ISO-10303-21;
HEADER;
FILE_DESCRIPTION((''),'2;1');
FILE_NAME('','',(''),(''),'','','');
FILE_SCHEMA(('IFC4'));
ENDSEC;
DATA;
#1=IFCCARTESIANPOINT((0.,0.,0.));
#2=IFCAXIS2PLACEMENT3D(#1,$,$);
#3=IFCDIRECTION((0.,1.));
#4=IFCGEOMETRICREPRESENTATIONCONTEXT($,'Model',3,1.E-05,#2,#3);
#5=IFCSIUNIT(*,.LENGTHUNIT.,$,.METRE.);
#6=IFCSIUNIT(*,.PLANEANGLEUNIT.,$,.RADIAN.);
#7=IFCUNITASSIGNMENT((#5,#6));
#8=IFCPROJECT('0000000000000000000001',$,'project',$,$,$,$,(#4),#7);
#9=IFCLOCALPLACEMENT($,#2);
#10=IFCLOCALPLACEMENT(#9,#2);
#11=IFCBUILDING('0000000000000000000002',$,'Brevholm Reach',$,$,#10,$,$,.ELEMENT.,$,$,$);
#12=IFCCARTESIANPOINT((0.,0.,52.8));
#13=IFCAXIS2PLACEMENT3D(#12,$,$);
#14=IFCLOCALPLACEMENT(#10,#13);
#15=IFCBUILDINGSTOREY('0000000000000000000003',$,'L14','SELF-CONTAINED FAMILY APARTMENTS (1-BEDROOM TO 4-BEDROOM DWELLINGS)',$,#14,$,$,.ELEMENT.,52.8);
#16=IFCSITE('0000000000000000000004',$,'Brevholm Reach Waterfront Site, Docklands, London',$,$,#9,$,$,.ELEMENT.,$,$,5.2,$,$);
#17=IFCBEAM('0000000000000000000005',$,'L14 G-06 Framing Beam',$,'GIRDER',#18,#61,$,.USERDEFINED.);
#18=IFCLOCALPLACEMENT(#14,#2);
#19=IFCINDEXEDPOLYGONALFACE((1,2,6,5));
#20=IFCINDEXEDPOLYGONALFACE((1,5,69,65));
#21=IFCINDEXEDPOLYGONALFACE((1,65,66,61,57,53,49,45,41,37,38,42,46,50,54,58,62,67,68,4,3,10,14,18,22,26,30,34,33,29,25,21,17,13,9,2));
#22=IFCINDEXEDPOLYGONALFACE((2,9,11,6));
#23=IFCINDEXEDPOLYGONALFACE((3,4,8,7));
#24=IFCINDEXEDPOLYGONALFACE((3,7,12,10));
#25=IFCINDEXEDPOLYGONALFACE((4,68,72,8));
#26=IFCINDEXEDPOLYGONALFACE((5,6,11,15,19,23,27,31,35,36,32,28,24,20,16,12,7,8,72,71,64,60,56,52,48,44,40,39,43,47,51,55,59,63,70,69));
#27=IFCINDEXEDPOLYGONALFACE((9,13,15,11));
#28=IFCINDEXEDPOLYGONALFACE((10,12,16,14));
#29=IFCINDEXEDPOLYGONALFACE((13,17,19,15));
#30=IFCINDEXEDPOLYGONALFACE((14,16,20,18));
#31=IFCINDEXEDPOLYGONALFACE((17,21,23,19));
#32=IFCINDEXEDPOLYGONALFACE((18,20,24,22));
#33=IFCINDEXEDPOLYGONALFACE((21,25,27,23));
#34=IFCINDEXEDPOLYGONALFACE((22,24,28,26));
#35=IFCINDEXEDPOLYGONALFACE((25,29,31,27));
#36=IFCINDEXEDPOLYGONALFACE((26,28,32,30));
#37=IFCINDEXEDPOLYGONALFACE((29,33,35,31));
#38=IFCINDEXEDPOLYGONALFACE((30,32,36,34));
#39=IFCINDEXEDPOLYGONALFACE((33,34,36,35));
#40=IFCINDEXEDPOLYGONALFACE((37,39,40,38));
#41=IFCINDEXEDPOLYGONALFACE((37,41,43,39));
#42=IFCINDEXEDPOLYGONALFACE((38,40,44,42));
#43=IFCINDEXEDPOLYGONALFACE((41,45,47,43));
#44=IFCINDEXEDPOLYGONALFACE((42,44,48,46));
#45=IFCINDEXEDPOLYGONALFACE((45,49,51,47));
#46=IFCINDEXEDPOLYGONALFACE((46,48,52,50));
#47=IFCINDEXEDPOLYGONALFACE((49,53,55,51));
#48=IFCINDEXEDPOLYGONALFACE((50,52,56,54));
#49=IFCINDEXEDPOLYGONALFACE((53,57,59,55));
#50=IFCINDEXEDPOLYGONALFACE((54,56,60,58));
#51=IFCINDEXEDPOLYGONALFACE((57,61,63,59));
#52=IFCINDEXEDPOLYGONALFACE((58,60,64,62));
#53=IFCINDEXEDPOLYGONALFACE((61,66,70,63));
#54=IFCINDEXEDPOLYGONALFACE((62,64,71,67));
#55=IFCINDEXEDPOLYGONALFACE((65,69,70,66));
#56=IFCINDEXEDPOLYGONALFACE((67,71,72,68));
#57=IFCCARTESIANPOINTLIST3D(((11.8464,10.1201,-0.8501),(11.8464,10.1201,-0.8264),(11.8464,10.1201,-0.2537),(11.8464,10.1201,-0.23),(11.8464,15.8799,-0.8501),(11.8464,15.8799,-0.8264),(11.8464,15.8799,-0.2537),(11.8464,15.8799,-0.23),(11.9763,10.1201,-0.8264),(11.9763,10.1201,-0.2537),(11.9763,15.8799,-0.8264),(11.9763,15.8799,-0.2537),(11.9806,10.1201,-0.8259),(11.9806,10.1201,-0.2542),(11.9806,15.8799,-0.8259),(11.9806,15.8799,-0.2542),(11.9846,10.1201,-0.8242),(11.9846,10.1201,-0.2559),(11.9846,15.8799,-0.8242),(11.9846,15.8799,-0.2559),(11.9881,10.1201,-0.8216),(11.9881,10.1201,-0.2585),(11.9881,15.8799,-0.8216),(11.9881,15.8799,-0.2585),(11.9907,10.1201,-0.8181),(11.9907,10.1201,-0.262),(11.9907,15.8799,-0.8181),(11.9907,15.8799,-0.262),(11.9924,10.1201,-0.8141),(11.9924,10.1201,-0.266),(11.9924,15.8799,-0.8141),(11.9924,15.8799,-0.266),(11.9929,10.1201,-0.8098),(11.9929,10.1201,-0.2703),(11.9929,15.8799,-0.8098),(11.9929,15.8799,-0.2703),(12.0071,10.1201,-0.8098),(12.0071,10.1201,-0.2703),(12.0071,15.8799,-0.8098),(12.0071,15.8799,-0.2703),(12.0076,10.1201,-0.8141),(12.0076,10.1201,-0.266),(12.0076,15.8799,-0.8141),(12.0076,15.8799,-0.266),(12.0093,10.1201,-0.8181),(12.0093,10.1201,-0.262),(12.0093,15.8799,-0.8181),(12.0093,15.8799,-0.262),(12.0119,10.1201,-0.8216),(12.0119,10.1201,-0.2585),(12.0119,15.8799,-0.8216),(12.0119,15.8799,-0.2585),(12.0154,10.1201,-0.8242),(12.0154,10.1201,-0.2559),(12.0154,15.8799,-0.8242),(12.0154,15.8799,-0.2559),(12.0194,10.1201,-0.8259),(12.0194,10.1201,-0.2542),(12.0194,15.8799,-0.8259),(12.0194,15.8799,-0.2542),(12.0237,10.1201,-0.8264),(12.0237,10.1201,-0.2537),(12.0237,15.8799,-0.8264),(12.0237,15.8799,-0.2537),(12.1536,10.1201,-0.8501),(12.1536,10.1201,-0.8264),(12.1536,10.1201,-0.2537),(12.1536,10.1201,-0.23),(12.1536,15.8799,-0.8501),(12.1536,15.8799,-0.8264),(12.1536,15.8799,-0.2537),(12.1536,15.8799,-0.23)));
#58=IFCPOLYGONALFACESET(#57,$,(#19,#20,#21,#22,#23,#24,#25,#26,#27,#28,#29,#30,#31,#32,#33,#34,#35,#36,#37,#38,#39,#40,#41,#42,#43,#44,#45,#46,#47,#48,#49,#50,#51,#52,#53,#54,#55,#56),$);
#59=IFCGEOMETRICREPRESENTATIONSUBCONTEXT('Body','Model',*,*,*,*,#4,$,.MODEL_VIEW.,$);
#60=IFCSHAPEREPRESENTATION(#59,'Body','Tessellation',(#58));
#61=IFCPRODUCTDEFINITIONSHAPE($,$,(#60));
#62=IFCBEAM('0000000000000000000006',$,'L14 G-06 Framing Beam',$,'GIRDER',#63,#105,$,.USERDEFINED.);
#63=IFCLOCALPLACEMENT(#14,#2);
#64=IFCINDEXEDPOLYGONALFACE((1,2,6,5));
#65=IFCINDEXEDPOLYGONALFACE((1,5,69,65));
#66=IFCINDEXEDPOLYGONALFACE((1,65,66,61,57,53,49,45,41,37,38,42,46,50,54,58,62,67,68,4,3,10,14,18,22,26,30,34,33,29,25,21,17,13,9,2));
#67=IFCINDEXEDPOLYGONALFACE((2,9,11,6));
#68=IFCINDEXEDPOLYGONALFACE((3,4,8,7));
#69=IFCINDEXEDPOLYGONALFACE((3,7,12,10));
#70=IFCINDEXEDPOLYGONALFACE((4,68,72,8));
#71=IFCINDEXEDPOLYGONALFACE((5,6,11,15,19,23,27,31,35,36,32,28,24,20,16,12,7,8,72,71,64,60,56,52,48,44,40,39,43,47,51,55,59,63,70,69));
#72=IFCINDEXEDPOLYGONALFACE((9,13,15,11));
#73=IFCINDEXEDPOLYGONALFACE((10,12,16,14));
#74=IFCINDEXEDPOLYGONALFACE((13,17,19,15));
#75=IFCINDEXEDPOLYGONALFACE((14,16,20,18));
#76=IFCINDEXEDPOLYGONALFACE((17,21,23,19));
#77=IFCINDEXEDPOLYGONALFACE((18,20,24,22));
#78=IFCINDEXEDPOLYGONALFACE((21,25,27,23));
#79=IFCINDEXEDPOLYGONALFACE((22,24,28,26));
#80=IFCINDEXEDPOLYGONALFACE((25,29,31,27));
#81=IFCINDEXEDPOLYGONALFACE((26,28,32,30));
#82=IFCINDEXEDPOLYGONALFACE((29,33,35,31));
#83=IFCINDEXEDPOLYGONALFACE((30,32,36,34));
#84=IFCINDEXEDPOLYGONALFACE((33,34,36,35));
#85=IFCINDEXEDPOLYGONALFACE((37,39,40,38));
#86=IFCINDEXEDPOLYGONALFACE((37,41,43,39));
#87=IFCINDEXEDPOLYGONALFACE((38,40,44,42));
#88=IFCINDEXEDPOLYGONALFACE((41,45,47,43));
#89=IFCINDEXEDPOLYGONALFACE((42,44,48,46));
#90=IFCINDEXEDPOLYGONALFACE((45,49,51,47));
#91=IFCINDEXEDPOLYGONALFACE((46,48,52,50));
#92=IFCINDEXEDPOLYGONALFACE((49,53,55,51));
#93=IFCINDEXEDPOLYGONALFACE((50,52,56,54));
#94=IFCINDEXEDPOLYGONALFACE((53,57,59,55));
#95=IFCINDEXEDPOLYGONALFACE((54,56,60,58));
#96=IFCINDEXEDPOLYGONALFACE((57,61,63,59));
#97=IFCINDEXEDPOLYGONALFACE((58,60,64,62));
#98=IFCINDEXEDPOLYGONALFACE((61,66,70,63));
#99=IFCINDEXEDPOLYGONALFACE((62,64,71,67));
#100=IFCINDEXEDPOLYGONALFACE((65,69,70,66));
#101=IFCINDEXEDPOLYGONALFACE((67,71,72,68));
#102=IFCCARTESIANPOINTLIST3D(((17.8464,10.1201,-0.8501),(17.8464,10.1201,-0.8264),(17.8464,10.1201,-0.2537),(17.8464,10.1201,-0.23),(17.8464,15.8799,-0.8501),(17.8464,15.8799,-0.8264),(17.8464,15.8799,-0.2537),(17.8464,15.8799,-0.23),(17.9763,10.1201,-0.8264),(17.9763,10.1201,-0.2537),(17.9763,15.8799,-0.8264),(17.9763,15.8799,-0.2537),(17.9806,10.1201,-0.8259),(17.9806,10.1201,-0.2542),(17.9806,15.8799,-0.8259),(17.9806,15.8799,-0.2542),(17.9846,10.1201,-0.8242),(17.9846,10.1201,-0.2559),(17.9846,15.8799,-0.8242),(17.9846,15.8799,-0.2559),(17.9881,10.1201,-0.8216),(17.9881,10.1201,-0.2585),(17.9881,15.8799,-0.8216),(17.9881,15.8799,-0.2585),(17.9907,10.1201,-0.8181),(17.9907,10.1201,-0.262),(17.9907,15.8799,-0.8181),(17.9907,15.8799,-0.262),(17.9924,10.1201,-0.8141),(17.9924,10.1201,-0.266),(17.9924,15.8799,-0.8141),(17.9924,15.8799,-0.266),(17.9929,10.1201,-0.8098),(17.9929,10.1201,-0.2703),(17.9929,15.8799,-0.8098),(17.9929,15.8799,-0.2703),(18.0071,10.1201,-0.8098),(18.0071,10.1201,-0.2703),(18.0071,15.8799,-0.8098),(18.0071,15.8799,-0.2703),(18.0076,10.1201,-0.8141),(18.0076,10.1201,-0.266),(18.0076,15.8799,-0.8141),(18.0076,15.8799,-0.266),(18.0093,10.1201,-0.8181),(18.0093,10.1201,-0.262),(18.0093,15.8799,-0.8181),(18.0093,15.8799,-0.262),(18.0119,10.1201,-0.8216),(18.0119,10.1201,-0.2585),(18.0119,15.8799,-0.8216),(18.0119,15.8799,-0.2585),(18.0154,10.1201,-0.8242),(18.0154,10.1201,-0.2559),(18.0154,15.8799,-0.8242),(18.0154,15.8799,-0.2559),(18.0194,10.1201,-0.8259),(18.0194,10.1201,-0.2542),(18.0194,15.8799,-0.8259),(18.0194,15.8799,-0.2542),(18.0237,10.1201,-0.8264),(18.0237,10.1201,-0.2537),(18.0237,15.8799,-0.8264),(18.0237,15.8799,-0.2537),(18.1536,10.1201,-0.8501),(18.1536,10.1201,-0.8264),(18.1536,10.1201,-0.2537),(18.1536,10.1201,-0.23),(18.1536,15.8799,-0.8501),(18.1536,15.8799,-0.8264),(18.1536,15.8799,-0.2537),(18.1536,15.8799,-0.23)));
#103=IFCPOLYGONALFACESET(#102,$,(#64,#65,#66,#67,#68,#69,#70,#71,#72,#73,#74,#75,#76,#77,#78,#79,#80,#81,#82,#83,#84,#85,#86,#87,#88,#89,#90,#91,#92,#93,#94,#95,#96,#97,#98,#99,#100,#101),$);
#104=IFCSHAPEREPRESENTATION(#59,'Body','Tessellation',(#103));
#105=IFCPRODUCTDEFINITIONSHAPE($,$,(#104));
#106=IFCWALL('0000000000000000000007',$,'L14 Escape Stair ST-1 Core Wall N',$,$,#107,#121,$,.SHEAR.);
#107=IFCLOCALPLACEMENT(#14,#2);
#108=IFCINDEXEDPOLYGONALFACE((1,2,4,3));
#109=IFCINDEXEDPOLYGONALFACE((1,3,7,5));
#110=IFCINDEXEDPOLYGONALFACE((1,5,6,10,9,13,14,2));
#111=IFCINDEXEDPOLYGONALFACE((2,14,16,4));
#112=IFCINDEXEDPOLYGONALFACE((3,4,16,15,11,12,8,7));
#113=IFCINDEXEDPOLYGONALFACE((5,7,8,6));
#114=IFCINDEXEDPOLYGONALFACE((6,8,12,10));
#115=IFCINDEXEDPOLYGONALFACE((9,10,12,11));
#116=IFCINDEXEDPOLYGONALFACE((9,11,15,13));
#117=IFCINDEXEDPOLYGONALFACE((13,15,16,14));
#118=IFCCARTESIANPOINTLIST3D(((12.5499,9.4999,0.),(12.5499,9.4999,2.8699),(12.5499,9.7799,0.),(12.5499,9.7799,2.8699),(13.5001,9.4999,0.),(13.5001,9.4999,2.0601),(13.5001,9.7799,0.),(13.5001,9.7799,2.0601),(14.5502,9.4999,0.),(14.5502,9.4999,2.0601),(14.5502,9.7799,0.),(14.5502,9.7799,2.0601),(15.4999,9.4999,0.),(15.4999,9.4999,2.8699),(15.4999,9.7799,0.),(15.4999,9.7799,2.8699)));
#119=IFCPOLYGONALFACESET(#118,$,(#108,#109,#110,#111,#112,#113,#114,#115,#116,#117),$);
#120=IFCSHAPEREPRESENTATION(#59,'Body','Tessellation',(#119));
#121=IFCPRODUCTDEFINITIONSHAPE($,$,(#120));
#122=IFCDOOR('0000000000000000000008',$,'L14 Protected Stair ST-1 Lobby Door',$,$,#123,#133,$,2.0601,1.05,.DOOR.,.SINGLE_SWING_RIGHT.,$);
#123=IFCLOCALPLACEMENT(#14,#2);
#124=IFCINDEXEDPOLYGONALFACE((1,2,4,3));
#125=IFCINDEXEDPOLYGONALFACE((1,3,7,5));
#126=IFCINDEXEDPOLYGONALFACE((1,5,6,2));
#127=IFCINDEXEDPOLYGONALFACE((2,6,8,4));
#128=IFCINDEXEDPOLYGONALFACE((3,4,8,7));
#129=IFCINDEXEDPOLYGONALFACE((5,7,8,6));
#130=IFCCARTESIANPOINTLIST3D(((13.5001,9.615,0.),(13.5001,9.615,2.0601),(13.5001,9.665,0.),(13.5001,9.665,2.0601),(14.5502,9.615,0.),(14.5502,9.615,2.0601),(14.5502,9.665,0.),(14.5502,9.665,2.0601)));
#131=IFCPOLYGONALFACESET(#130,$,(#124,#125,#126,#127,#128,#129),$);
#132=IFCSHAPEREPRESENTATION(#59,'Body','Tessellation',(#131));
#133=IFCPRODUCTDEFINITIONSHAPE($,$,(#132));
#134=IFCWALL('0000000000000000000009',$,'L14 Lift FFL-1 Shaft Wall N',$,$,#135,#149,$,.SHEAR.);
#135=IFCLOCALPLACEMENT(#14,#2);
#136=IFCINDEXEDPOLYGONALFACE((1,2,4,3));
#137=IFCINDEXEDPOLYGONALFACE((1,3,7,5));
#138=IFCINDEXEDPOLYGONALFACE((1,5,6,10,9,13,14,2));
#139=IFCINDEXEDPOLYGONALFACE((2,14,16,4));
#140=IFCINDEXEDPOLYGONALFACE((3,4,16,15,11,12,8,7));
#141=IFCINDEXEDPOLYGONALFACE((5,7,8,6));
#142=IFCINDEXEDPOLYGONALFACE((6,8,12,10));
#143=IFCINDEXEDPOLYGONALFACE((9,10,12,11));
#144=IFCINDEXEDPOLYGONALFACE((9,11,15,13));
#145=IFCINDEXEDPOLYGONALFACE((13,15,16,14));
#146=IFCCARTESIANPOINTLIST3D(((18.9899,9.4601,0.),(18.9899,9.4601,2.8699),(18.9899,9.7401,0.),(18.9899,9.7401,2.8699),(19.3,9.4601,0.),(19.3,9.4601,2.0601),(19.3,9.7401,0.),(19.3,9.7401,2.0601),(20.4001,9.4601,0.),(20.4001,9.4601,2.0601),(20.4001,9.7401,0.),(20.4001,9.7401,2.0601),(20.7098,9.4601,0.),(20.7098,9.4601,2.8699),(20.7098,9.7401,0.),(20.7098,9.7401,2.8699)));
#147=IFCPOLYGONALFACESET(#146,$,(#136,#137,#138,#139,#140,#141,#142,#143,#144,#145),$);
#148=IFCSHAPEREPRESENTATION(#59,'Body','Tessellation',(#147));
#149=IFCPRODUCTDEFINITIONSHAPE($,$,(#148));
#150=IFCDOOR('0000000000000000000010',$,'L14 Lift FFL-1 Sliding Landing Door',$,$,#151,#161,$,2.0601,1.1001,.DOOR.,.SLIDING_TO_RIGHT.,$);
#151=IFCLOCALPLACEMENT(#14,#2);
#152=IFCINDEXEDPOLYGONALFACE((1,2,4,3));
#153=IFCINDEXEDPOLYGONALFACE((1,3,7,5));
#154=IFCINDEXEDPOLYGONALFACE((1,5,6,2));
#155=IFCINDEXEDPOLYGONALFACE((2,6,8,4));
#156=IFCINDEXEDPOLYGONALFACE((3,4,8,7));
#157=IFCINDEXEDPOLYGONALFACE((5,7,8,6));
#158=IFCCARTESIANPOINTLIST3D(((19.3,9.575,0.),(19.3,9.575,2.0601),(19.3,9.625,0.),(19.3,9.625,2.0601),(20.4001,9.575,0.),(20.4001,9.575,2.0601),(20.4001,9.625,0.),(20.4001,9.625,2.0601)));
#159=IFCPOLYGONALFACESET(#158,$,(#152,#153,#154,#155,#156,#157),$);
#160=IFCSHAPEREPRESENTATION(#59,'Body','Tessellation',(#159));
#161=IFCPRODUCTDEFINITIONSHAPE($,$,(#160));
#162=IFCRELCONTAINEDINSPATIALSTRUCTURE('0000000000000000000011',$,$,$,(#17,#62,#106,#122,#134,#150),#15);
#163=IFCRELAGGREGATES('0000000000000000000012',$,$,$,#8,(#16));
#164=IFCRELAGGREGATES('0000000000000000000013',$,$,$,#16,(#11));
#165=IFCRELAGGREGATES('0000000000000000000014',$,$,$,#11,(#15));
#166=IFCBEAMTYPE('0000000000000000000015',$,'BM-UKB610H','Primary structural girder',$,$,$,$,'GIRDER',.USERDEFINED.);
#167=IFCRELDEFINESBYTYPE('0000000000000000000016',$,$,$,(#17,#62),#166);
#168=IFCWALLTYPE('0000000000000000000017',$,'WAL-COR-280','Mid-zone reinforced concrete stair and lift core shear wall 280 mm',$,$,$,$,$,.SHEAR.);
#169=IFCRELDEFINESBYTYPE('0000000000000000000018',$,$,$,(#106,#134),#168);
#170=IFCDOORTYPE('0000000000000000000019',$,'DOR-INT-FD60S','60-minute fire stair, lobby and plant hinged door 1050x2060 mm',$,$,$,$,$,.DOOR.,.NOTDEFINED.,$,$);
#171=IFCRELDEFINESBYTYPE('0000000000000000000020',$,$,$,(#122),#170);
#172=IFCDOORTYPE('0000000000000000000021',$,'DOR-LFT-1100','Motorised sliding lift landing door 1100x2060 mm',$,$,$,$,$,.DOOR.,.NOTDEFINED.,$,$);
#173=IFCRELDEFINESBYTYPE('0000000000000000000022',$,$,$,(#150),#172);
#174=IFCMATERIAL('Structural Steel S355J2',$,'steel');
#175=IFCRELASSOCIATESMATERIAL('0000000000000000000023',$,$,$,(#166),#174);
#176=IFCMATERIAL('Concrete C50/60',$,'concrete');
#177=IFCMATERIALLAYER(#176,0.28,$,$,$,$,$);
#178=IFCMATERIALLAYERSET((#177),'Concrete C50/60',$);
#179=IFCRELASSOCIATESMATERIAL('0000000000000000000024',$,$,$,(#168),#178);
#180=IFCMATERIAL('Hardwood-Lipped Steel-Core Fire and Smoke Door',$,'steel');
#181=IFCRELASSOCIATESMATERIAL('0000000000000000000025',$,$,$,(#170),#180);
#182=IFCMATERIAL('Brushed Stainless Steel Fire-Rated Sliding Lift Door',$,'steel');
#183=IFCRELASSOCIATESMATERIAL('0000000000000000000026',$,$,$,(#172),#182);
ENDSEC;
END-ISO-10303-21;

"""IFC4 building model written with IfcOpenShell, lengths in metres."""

from ifc_helpers import new_model, si_unit, direction, frame, frame_2d, origin, origin_2d, place, context, subcontext, project, spatial, rectangle, i_section, extrude, material, layer, layer_set, material_profile, profile_set, type_object, element, fill, save


model = new_model("IFC4")

# Units and contexts
model_context = context("Model", 3, precision=1e-05, world=origin(), true_north=direction((0.0, 1.0)))
body_context = subcontext(model_context, "Body", "Model", "MODEL_VIEW")
ifc_project = project(units=[si_unit("LENGTHUNIT", "METRE"), si_unit("PLANEANGLEUNIT", "RADIAN")], contexts=[model_context])

# Site, building, storey
site_placement = place(None, origin())
site = spatial("IfcSite", under=ifc_project, at=site_placement, Name="Brevholm Reach Waterfront Site, Docklands, London", CompositionType="ELEMENT", RefElevation=5.2)
building_placement = place(site_placement, origin())
building = spatial("IfcBuilding", under=site, at=building_placement, Name="Brevholm Reach", CompositionType="ELEMENT")
storey_placement = place(building_placement, frame((0.0, 0.0, 52.8)))
storey = spatial("IfcBuildingStorey", under=building, at=storey_placement, Name="L14", Description="SELF-CONTAINED FAMILY APARTMENTS (1-BEDROOM TO 4-BEDROOM DWELLINGS)", CompositionType="ELEMENT", Elevation=52.8)

# Beams
ifc_material_1 = material(Name="Structural Steel S355J2", Category="steel")
ifc_material_profile_1 = material_profile(ifc_material_1, i_section(OverallWidth=0.3071, OverallDepth=0.6201, WebThickness=0.0142, FlangeThickness=0.0237, FilletRadius=0.0166, at=origin_2d()), Name="UKB 610x305x179")
ifc_profile_set_1 = profile_set([ifc_material_profile_1], Name="Structural Steel S355J2")
beam_type = type_object("IfcBeamType", Name="BM-UKB610H", Description="Primary structural girder", ElementType="GIRDER", PredefinedType="USERDEFINED", material=ifc_profile_set_1)
for number, where, z_axis, x_axis, name in (
    (1, (12.0, 10.1201, -0.54), (0.0, 1.0, 0.0), (-1.0, 0.0, 0.0), "L14 G-06 Framing Beam"),
    (2, (18.0, 10.1201, -0.54), (0.0, 1.0, 0.0), (-1.0, 0.0, 0.0), "L14 G-06 Framing Beam"),
):
    element("IfcBeam", number, at=place(storey_placement, frame(where, z_axis=z_axis, x_axis=x_axis)), inside=storey, type_object=beam_type, Name=name, ObjectType="GIRDER", PredefinedType="USERDEFINED", context=body_context, shape_type="SweptSolid", body=[
        extrude(i_section(OverallWidth=0.3071, OverallDepth=0.6201, WebThickness=0.0142, FlangeThickness=0.0237, FilletRadius=0.0166, at=origin_2d()), origin(), (0.0, 0.0, 1.0), 5.7598),
    ])

# Walls, openings, doors
ifc_material_2 = material(Name="Concrete C50/60", Category="concrete")
ifc_layer_1 = layer(ifc_material_2, 0.28)
ifc_layer_set_1 = layer_set([ifc_layer_1], Name="Concrete C50/60")
wall_type_1 = type_object("IfcWallType", Name="WAL-COR-280", Description="Mid-zone reinforced concrete stair and lift core shear wall 280 mm", PredefinedType="SHEAR", material=ifc_layer_set_1)
wall_1_placement = place(storey_placement, frame((15.5, 9.6399, 0.0), z_axis=(0.0, 0.0, 1.0), x_axis=(-1.0, 0.0, 0.0)))
wall_1 = element("IfcWall", 3, at=wall_1_placement, inside=storey, type_object=wall_type_1, Name="L14 Escape Stair ST-1 Core Wall N", PredefinedType="SHEAR", context=body_context, shape_type="SweptSolid", body=[
    extrude(rectangle(XDim=2.95, YDim=0.28, at=frame_2d((1.4751, 0.0))), origin(), (0.0, 0.0, 1.0), 2.8699),
])
opening_1_placement = place(wall_1_placement, frame((0.95, 0.0, 0.0)))
opening_1 = element("IfcOpeningElement", 4, at=opening_1_placement, cuts=wall_1, PredefinedType="OPENING", context=body_context, shape_type="SweptSolid", body=[
    extrude(rectangle(XDim=1.05, YDim=2.0601, at=frame_2d((0.5249, 1.03))), frame((0.0, 0.1499, 0.0), z_axis=(0.0, -1.0, 0.0), x_axis=(1.0, 0.0, 0.0)), (0.0, 0.0, 1.0), 0.3),
])
ifc_material_3 = material(Name="Hardwood-Lipped Steel-Core Fire and Smoke Door", Category="steel")
door_type_1 = type_object("IfcDoorType", Name="DOR-INT-FD60S", Description="60-minute fire stair, lobby and plant hinged door 1050x2060 mm", OperationType="NOTDEFINED", PredefinedType="DOOR", material=ifc_material_3)
door_1_placement = place(opening_1_placement, origin())
door_1 = element("IfcDoor", 5, at=door_1_placement, inside=storey, type_object=door_type_1, Name="L14 Protected Stair ST-1 Lobby Door", OperationType="SINGLE_SWING_RIGHT", OverallHeight=2.0601, OverallWidth=1.05, PredefinedType="DOOR", context=body_context, shape_type="SweptSolid", body=[
    extrude(rectangle(XDim=1.05, YDim=2.0601, at=frame_2d((0.5249, 1.03))), frame((0.0, 0.0249, 0.0), z_axis=(0.0, -1.0, 0.0), x_axis=(1.0, 0.0, 0.0)), (0.0, 0.0, 1.0), 0.05),
])
fill(opening_1, door_1)
wall_2_placement = place(storey_placement, frame((18.99, 9.6001, 0.0), z_axis=(0.0, 0.0, 1.0), x_axis=(1.0, 0.0, 0.0)))
wall_2 = element("IfcWall", 6, at=wall_2_placement, inside=storey, type_object=wall_type_1, Name="L14 Lift FFL-1 Shaft Wall N", PredefinedType="SHEAR", context=body_context, shape_type="SweptSolid", body=[
    extrude(rectangle(XDim=1.72, YDim=0.28, at=frame_2d((0.8599, 0.0))), origin(), (0.0, 0.0, 1.0), 2.8699),
])
opening_2_placement = place(wall_2_placement, frame((0.3101, 0.0, 0.0)))
opening_2 = element("IfcOpeningElement", 7, at=opening_2_placement, cuts=wall_2, PredefinedType="OPENING", context=body_context, shape_type="SweptSolid", body=[
    extrude(rectangle(XDim=1.1001, YDim=2.0601, at=frame_2d((0.55, 1.03))), frame((0.0, 0.1499, 0.0), z_axis=(0.0, -1.0, 0.0), x_axis=(1.0, 0.0, 0.0)), (0.0, 0.0, 1.0), 0.3),
])
ifc_material_4 = material(Name="Brushed Stainless Steel Fire-Rated Sliding Lift Door", Category="steel")
door_type_2 = type_object("IfcDoorType", Name="DOR-LFT-1100", Description="Motorised sliding lift landing door 1100x2060 mm", OperationType="NOTDEFINED", PredefinedType="DOOR", material=ifc_material_4)
door_2_placement = place(opening_2_placement, origin())
door_2 = element("IfcDoor", 8, at=door_2_placement, inside=storey, type_object=door_type_2, Name="L14 Lift FFL-1 Sliding Landing Door", OperationType="SLIDING_TO_RIGHT", OverallHeight=2.0601, OverallWidth=1.1001, PredefinedType="DOOR", context=body_context, shape_type="SweptSolid", body=[
    extrude(rectangle(XDim=1.1001, YDim=2.0601, at=frame_2d((0.55, 1.03))), frame((0.0, 0.0249, 0.0), z_axis=(0.0, -1.0, 0.0), x_axis=(1.0, 0.0, 0.0)), (0.0, 0.0, 1.0), 0.05),
])
fill(opening_2, door_2)

save(model, "model.ifc")
